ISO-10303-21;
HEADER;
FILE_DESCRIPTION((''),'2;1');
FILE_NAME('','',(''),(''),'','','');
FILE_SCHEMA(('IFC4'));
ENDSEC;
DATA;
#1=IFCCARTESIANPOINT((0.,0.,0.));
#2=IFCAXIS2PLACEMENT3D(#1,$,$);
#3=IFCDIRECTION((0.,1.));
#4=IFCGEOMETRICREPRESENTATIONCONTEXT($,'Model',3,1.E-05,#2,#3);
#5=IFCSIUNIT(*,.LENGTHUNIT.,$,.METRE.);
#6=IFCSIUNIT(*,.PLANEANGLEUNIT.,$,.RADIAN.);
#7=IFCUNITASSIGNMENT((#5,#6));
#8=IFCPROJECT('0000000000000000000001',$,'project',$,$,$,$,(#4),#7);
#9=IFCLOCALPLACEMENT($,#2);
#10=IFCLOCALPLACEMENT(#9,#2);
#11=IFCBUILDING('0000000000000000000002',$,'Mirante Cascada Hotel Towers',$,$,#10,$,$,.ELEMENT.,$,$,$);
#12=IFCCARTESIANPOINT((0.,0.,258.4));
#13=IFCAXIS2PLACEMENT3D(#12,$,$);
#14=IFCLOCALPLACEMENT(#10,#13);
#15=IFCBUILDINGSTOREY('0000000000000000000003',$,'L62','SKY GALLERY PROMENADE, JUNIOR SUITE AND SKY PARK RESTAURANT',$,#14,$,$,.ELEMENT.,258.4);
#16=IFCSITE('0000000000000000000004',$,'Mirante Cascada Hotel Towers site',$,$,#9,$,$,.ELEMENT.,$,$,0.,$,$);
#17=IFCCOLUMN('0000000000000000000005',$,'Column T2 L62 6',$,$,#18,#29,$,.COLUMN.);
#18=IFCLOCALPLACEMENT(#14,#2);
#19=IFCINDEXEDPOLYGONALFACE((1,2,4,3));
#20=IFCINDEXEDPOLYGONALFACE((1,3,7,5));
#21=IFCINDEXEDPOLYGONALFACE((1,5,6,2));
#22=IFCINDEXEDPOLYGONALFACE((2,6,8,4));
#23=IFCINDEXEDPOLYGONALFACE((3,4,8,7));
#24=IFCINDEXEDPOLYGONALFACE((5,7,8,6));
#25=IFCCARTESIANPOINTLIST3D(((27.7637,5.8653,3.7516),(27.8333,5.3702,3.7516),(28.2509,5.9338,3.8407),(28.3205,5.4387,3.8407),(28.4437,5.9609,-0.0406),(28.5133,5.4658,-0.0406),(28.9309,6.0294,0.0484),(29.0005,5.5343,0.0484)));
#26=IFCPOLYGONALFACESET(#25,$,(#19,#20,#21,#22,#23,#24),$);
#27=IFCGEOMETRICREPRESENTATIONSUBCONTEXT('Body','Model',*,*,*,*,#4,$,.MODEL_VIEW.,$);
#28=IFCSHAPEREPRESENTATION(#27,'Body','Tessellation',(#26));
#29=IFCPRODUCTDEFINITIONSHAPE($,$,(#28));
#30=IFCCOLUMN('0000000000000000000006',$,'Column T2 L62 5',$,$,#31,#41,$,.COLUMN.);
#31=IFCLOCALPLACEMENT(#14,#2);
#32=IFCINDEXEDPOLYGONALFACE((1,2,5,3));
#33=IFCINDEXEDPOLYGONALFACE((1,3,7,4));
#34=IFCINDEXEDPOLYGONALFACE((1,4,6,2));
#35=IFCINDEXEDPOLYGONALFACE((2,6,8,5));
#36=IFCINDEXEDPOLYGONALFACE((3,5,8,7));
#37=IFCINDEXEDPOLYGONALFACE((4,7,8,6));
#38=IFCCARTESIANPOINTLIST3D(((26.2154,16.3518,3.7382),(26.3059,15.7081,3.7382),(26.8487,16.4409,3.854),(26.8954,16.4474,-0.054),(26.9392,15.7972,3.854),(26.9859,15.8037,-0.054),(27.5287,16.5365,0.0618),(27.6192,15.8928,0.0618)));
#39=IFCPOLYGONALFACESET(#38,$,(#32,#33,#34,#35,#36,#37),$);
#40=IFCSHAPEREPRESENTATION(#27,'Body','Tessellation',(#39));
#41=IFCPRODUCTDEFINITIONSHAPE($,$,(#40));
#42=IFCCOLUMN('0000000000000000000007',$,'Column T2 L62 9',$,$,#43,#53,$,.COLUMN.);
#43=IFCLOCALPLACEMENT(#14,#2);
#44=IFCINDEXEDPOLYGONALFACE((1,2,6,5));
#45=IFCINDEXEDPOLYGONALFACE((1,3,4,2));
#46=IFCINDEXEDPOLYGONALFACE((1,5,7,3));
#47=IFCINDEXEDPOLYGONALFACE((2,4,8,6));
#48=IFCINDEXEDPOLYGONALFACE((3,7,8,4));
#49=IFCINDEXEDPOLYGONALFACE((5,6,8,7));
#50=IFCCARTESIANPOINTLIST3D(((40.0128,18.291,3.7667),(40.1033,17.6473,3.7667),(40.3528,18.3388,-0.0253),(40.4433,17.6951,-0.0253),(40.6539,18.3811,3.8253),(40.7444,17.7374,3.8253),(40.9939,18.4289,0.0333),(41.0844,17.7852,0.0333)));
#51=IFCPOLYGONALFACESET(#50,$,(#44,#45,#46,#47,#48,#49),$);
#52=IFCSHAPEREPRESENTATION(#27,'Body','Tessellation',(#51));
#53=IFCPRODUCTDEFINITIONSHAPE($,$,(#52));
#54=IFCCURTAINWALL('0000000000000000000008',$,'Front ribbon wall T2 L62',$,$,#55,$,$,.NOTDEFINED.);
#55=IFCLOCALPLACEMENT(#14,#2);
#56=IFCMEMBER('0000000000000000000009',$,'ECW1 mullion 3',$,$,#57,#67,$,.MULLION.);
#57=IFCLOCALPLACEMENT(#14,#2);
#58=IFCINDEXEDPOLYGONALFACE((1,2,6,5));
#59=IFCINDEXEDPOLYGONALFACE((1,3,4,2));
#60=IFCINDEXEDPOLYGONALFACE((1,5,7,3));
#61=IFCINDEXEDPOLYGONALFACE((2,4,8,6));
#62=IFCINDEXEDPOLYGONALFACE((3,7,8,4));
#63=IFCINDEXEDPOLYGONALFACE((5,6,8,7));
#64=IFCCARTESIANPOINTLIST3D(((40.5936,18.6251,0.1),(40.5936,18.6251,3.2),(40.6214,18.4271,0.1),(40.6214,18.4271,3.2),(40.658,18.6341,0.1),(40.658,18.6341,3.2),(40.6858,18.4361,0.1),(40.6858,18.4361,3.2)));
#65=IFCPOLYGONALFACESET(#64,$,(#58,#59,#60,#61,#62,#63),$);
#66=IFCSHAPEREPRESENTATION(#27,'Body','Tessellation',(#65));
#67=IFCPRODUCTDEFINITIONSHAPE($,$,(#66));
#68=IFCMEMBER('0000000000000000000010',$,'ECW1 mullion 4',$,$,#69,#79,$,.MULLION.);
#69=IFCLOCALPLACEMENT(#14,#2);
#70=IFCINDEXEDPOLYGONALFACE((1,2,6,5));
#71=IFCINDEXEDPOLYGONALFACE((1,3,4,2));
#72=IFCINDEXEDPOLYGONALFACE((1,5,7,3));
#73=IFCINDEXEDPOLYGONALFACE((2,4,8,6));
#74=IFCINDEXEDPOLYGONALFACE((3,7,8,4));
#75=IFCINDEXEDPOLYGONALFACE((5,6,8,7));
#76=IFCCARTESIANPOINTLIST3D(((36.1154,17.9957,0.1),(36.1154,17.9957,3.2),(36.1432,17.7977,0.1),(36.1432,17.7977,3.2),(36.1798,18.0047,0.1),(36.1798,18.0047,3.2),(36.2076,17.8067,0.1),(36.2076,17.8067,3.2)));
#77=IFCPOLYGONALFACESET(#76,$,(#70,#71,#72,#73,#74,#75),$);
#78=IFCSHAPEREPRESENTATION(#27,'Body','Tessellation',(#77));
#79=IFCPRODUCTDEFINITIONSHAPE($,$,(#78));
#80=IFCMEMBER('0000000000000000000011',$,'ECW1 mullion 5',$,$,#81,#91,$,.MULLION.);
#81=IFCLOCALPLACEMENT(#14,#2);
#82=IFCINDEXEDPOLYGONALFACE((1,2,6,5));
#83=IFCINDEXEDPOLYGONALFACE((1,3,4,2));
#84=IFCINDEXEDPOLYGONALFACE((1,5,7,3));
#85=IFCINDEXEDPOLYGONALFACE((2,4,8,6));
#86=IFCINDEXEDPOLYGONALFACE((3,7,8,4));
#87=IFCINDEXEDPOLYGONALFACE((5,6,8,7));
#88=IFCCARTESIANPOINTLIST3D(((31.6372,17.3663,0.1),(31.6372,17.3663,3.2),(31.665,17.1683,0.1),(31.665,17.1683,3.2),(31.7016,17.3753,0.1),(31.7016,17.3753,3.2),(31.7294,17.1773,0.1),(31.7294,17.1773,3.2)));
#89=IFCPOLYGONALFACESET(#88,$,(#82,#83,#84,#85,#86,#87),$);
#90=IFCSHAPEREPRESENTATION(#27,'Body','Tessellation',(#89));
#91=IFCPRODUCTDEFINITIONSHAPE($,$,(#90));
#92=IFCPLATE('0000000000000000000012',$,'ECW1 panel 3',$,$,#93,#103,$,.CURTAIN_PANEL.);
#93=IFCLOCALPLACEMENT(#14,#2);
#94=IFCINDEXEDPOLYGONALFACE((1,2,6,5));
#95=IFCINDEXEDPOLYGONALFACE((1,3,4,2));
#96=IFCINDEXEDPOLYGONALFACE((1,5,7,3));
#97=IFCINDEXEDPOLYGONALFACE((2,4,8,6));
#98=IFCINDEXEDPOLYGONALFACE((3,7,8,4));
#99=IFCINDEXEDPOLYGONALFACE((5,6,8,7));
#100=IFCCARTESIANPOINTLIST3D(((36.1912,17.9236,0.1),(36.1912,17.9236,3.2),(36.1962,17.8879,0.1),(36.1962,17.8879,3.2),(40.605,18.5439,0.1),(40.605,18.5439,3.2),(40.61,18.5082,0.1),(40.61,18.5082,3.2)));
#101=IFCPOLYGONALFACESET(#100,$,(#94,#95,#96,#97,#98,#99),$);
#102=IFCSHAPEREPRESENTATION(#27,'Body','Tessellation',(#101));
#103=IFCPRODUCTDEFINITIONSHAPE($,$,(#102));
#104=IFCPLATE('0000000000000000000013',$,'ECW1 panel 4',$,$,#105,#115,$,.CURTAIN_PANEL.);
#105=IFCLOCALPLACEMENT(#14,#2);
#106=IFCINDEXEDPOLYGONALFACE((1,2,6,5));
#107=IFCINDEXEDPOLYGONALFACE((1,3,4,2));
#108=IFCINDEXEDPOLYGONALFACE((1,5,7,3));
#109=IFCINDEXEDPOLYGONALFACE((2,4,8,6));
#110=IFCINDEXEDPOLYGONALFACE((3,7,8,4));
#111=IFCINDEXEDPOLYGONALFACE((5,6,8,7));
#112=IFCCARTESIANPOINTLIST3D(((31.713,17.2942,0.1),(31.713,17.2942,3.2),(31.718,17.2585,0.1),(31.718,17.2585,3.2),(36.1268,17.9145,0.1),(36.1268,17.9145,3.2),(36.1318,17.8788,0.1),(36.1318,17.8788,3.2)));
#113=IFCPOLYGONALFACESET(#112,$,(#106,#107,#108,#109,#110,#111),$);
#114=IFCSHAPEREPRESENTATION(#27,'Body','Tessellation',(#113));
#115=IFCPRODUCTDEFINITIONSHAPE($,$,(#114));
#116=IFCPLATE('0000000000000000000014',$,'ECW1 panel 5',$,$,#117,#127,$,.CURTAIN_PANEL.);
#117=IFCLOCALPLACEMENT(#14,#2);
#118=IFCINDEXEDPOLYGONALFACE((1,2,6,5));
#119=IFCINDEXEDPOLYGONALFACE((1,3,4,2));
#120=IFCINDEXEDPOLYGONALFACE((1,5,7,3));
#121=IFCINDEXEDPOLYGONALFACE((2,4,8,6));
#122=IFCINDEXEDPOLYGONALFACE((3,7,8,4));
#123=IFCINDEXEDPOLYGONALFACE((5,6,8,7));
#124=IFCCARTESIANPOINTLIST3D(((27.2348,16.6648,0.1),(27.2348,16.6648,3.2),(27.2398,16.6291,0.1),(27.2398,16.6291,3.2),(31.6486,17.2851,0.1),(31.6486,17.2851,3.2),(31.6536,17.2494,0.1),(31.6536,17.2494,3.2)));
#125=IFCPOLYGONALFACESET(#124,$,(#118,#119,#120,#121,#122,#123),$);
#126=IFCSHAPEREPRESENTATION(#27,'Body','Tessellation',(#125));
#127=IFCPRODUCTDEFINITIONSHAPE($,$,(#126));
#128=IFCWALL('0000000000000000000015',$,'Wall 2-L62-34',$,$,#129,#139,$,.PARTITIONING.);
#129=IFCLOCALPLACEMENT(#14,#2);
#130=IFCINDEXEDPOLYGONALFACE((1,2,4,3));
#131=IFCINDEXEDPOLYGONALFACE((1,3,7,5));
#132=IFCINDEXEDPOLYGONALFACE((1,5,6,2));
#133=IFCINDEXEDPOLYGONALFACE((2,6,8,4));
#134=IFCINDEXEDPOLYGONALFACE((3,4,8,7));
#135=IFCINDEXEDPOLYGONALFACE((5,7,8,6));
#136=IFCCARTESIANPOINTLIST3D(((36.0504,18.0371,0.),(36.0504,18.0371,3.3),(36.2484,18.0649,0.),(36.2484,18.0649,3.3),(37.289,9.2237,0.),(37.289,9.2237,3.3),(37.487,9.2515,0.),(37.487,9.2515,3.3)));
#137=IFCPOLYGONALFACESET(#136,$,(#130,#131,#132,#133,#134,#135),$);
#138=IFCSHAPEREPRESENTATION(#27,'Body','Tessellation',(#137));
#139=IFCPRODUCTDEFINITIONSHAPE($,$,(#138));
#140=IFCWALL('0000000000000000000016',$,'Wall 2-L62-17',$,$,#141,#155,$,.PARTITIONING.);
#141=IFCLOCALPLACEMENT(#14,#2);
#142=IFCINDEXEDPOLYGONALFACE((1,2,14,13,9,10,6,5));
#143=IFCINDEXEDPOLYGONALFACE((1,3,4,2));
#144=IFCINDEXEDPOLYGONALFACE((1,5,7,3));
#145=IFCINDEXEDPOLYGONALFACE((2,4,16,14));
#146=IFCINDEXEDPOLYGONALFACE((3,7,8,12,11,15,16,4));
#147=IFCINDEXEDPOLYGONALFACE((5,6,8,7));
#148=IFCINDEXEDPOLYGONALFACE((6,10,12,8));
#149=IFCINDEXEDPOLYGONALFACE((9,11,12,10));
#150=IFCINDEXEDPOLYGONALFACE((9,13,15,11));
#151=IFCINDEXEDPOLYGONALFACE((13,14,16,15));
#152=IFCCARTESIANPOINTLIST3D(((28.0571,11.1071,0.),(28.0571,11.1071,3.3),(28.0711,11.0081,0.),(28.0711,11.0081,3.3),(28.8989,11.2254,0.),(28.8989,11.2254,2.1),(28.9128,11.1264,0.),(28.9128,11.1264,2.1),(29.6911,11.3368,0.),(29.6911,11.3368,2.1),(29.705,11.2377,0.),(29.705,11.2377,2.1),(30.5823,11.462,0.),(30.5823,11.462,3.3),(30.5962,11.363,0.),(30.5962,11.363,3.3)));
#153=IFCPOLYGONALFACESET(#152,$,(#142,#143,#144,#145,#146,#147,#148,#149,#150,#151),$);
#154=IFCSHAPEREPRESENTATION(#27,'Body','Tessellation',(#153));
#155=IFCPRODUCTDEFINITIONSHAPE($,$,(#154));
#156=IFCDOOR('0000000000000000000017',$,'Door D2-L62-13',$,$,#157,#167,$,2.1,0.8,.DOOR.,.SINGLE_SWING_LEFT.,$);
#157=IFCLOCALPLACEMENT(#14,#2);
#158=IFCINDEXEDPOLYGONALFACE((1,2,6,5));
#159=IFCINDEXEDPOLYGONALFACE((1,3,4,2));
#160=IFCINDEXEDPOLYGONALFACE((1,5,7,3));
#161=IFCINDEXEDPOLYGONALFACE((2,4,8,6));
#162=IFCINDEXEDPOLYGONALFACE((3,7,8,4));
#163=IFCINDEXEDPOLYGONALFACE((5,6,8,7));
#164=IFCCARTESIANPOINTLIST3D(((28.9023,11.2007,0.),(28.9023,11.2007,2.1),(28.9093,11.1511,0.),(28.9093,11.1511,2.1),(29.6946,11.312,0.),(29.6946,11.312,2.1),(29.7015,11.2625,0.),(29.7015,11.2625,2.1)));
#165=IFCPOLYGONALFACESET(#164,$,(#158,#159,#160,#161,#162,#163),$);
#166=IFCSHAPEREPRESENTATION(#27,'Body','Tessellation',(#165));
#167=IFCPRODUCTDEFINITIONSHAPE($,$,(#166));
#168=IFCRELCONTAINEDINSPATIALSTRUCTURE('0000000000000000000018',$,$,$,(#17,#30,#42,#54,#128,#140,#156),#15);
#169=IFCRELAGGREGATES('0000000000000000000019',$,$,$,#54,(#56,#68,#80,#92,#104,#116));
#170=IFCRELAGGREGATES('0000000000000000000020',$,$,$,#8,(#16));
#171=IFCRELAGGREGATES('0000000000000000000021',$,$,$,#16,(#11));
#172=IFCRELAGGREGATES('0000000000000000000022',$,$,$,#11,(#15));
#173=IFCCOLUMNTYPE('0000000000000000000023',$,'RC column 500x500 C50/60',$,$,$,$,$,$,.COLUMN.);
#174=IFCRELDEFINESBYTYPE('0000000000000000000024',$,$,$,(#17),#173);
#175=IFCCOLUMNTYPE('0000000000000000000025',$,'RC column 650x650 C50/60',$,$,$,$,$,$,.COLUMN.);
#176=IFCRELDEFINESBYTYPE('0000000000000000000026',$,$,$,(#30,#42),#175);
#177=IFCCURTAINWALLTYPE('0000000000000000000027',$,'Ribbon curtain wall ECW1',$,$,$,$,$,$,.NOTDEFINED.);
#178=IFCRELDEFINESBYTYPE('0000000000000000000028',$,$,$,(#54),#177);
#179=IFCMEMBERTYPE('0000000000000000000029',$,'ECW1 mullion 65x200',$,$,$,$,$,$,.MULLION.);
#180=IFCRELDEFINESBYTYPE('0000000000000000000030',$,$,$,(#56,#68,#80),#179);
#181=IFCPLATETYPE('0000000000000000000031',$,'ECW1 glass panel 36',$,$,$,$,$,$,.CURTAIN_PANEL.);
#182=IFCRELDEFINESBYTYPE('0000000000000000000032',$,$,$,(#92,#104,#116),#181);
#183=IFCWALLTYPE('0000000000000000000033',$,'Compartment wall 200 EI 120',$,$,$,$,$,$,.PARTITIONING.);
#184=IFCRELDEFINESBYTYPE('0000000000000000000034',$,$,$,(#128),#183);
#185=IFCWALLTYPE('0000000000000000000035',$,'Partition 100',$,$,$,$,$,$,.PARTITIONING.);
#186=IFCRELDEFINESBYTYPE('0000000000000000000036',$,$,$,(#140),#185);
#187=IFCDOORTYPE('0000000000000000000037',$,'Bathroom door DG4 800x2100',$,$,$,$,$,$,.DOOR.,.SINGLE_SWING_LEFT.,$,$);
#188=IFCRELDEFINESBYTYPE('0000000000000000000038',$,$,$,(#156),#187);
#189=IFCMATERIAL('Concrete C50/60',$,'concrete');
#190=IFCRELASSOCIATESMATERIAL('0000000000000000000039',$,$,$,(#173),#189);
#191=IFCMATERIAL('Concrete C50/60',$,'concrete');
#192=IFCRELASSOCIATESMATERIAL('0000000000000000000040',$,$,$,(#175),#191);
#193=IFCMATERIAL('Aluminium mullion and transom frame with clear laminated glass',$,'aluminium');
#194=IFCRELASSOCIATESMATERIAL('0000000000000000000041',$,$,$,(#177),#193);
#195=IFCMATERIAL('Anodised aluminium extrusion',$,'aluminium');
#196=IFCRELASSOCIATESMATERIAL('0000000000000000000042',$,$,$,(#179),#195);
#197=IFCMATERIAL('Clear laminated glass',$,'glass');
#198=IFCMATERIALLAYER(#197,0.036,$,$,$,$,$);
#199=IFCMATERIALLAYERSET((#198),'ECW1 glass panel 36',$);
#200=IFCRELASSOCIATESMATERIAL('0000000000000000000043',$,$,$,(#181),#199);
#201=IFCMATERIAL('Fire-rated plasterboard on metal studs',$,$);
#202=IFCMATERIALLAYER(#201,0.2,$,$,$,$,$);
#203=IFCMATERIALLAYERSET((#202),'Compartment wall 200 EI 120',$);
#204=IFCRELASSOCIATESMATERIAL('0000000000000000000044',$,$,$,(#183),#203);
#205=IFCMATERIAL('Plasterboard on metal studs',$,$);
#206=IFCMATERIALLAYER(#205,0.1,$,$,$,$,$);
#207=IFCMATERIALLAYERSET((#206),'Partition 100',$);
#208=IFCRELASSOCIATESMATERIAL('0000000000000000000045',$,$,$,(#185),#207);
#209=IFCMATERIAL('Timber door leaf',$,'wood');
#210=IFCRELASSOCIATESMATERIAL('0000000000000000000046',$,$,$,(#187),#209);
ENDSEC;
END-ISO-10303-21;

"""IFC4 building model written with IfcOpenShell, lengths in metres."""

from ifc_helpers import new_model, si_unit, direction, frame, frame_2d, origin, origin_2d, place, context, subcontext, project, spatial, rectangle, extrude, material, layer, layer_set, material_profile, profile_set, type_object, element, fill, aggregate, save


model = new_model("IFC4")

# Units and contexts
model_context = context("Model", 3, precision=1e-05, world=origin(), true_north=direction((0.0, 1.0)))
body_context = subcontext(model_context, "Body", "Model", "MODEL_VIEW")
ifc_project = project(units=[si_unit("LENGTHUNIT", "METRE"), si_unit("PLANEANGLEUNIT", "RADIAN")], contexts=[model_context])

# Site, building, storey
site_placement = place(None, origin())
site = spatial("IfcSite", under=ifc_project, at=site_placement, Name="Mirante Cascada Hotel Towers site", CompositionType="ELEMENT", RefElevation=0.0)
building_placement = place(site_placement, origin())
building = spatial("IfcBuilding", under=site, at=building_placement, Name="Mirante Cascada Hotel Towers", CompositionType="ELEMENT")
storey_placement = place(building_placement, frame((0.0, 0.0, 258.4)))
storey = spatial("IfcBuildingStorey", under=building, at=storey_placement, Name="L62", Description="SKY GALLERY PROMENADE, JUNIOR SUITE AND SKY PARK RESTAURANT", CompositionType="ELEMENT", Elevation=258.4)

# Columns
ifc_material_1 = material(Name="Concrete C50/60", Category="concrete")
ifc_material_profile_1 = material_profile(ifc_material_1, rectangle(XDim=0.5, YDim=0.5, at=origin_2d()), Name="RC column 500x500 C50/60")
ifc_profile_set_1 = profile_set([ifc_material_profile_1], Name="Concrete C50/60")
column_type_1 = type_object("IfcColumnType", Name="RC column 500x500 C50/60", PredefinedType="COLUMN", material=ifc_profile_set_1)
column_1_placement = place(storey_placement, frame((28.7221, 5.7476, 0.0039), z_axis=(-0.176446, -0.024806, 0.983998), x_axis=(0.139219, -0.990262, 0.0)))
element("IfcColumn", 1, at=column_1_placement, inside=storey, type_object=column_type_1, Name="Column T2 L62 6", PredefinedType="COLUMN", context=body_context, shape_type="SweptSolid", body=[
    extrude(rectangle(XDim=0.5, YDim=0.5, at=origin_2d()), origin(), (0.0, 0.0, 1.0), 3.8539),
])
ifc_material_2 = material(Name="Concrete C50/60", Category="concrete")
ifc_material_profile_2 = material_profile(ifc_material_2, rectangle(XDim=0.65, YDim=0.65, at=origin_2d()), Name="RC column 650x650 C50/60")
ifc_profile_set_2 = profile_set([ifc_material_profile_2], Name="Concrete C50/60")
column_type_2 = type_object("IfcColumnType", Name="RC column 650x650 C50/60", PredefinedType="COLUMN", material=ifc_profile_set_2)
column_2_placement = place(storey_placement, frame((27.2573, 16.1701, 0.0039), z_axis=(-0.176446, -0.024806, 0.983998), x_axis=(0.139219, -0.990262, 0.0)))
element("IfcColumn", 2, at=column_2_placement, inside=storey, type_object=column_type_2, Name="Column T2 L62 5", PredefinedType="COLUMN", context=body_context, shape_type="SweptSolid", body=[
    extrude(rectangle(XDim=0.65, YDim=0.65, at=origin_2d()), origin(), (0.0, 0.0, 1.0), 3.8539),
])
column_3_placement = place(storey_placement, frame((40.7186, 18.062, 0.004), z_axis=(-0.089297, -0.012554, 0.995926), x_axis=(0.139219, -0.990262, 0.0)))
element("IfcColumn", 3, at=column_3_placement, inside=storey, type_object=column_type_2, Name="Column T2 L62 9", PredefinedType="COLUMN", context=body_context, shape_type="SweptSolid", body=[
    extrude(rectangle(XDim=0.65, YDim=0.65, at=origin_2d()), origin(), (0.0, 0.0, 1.0), 3.8075),
])

# Curtain wall, members, plates
ifc_material_3 = material(Name="Aluminium mullion and transom frame with clear laminated glass", Category="aluminium")
curtain_wall_type = type_object("IfcCurtainWallType", Name="Ribbon curtain wall ECW1", PredefinedType="NOTDEFINED", material=ifc_material_3)
curtain_wall_placement = place(storey_placement, origin())
curtain_wall = element("IfcCurtainWall", 4, at=curtain_wall_placement, inside=storey, type_object=curtain_wall_type, Name="Front ribbon wall T2 L62", PredefinedType="NOTDEFINED")
ifc_material_4 = material(Name="Anodised aluminium extrusion", Category="aluminium")
ifc_material_profile_3 = material_profile(ifc_material_4, rectangle(XDim=0.2, YDim=0.065, at=origin_2d()), Name="ECW1 MULLION 65x200")
ifc_profile_set_3 = profile_set([ifc_material_profile_3], Name="Anodised aluminium extrusion")
member_type = type_object("IfcMemberType", Name="ECW1 mullion 65x200", PredefinedType="MULLION", material=ifc_profile_set_3)
member_1_placement = place(storey_placement, frame((40.6397, 18.5306, 0.1), z_axis=(0.0, 0.0, 1.0), x_axis=(0.139173, -0.990268, 0.0)))
member_1 = element("IfcMember", 5, at=member_1_placement, type_object=member_type, Name="ECW1 mullion 3", PredefinedType="MULLION", context=body_context, shape_type="SweptSolid", body=[
    extrude(rectangle(XDim=0.2, YDim=0.065, at=origin_2d()), origin(), (0.0, 0.0, 1.0), 3.1),
])
member_2_placement = place(storey_placement, frame((36.1615, 17.9012, 0.1), z_axis=(0.0, 0.0, 1.0), x_axis=(0.139173, -0.990268, 0.0)))
member_2 = element("IfcMember", 6, at=member_2_placement, type_object=member_type, Name="ECW1 mullion 4", PredefinedType="MULLION", context=body_context, shape_type="SweptSolid", body=[
    extrude(rectangle(XDim=0.2, YDim=0.065, at=origin_2d()), origin(), (0.0, 0.0, 1.0), 3.1),
])
member_3_placement = place(storey_placement, frame((31.6833, 17.2718, 0.1), z_axis=(0.0, 0.0, 1.0), x_axis=(0.139173, -0.990268, 0.0)))
member_3 = element("IfcMember", 7, at=member_3_placement, type_object=member_type, Name="ECW1 mullion 5", PredefinedType="MULLION", context=body_context, shape_type="SweptSolid", body=[
    extrude(rectangle(XDim=0.2, YDim=0.065, at=origin_2d()), origin(), (0.0, 0.0, 1.0), 3.1),
])
ifc_material_5 = material(Name="Clear laminated glass", Category="glass")
ifc_layer_1 = layer(ifc_material_5, 0.036)
ifc_layer_set_1 = layer_set([ifc_layer_1], Name="ECW1 glass panel 36")
plate_type = type_object("IfcPlateType", Name="ECW1 glass panel 36", PredefinedType="CURTAIN_PANEL", material=ifc_layer_set_1)
plate_1_placement = place(storey_placement, frame((38.4006, 18.2159, 0.1), z_axis=(0.0, 0.0, 1.0), x_axis=(-0.990268, -0.139173, 0.0)))
plate_1 = element("IfcPlate", 8, at=plate_1_placement, type_object=plate_type, Name="ECW1 panel 3", PredefinedType="CURTAIN_PANEL", context=body_context, shape_type="SweptSolid", body=[
    extrude(rectangle(XDim=4.4572, YDim=0.036, at=origin_2d()), origin(), (0.0, 0.0, 1.0), 3.1),
])
plate_2_placement = place(storey_placement, frame((33.9224, 17.5865, 0.1), z_axis=(0.0, 0.0, 1.0), x_axis=(-0.990268, -0.139173, 0.0)))
plate_2 = element("IfcPlate", 9, at=plate_2_placement, type_object=plate_type, Name="ECW1 panel 4", PredefinedType="CURTAIN_PANEL", context=body_context, shape_type="SweptSolid", body=[
    extrude(rectangle(XDim=4.4572, YDim=0.036, at=origin_2d()), origin(), (0.0, 0.0, 1.0), 3.1),
])
plate_3_placement = place(storey_placement, frame((29.4442, 16.9571, 0.1), z_axis=(0.0, 0.0, 1.0), x_axis=(-0.990268, -0.139173, 0.0)))
plate_3 = element("IfcPlate", 10, at=plate_3_placement, type_object=plate_type, Name="ECW1 panel 5", PredefinedType="CURTAIN_PANEL", context=body_context, shape_type="SweptSolid", body=[
    extrude(rectangle(XDim=4.4572, YDim=0.036, at=origin_2d()), origin(), (0.0, 0.0, 1.0), 3.1),
])
aggregate(curtain_wall, [member_1, member_2, member_3, plate_1, plate_2, plate_3])

# Wall
ifc_material_6 = material(Name="Fire-rated plasterboard on metal studs")
ifc_layer_2 = layer(ifc_material_6, 0.2)
ifc_layer_set_2 = layer_set([ifc_layer_2], Name="Compartment wall 200 EI 120")
wall_type_1 = type_object("IfcWallType", Name="Compartment wall 200 EI 120", PredefinedType="PARTITIONING", material=ifc_layer_set_2)
wall_1_placement = place(storey_placement, frame((36.1494, 18.051, 0.0), z_axis=(0.0, 0.0, 1.0), x_axis=(0.139168, -0.990269, 0.0)))
element("IfcWall", 11, at=wall_1_placement, inside=storey, type_object=wall_type_1, Name="Wall 2-L62-34", PredefinedType="PARTITIONING", context=body_context, shape_type="SweptSolid", body=[
    extrude(rectangle(XDim=8.9, YDim=0.2, at=frame_2d((4.45, 0.0))), origin(), (0.0, 0.0, 1.0), 3.3),
])

# Wall, opening, door
ifc_material_7 = material(Name="Plasterboard on metal studs")
ifc_layer_3 = layer(ifc_material_7, 0.1)
ifc_layer_set_3 = layer_set([ifc_layer_3], Name="Partition 100")
wall_type_2 = type_object("IfcWallType", Name="Partition 100", PredefinedType="PARTITIONING", material=ifc_layer_set_3)
wall_2_placement = place(storey_placement, frame((28.0641, 11.0576, 0.0), z_axis=(0.0, 0.0, 1.0), x_axis=(0.990268, 0.139176, 0.0)))
wall_2 = element("IfcWall", 12, at=wall_2_placement, inside=storey, type_object=wall_type_2, Name="Wall 2-L62-17", PredefinedType="PARTITIONING", context=body_context, shape_type="SweptSolid", body=[
    extrude(rectangle(XDim=2.55, YDim=0.1, at=frame_2d((1.275, 0.0))), origin(), (0.0, 0.0, 1.0), 3.3),
])
opening_1_placement = place(wall_2_placement, frame((0.85, 0.0, 0.0)))
opening_1 = element("IfcOpeningElement", 13, at=opening_1_placement, cuts=wall_2, PredefinedType="OPENING", context=body_context, shape_type="SweptSolid", body=[
    extrude(rectangle(XDim=0.8, YDim=2.1, at=frame_2d((0.4, 1.05))), frame((0.0, 0.05, 0.0), z_axis=(0.0, -1.0, 0.0), x_axis=(1.0, 0.0, 0.0)), (0.0, 0.0, 1.0), 0.1),
])
ifc_material_8 = material(Name="Timber door leaf", Category="wood")
door_type = type_object("IfcDoorType", Name="Bathroom door DG4 800x2100", OperationType="SINGLE_SWING_LEFT", PredefinedType="DOOR", material=ifc_material_8)
door_1_placement = place(opening_1_placement, origin())
door_1 = element("IfcDoor", 14, at=door_1_placement, inside=storey, type_object=door_type, Name="Door D2-L62-13", OperationType="SINGLE_SWING_LEFT", OverallHeight=2.1, OverallWidth=0.8, PredefinedType="DOOR", context=body_context, shape_type="SweptSolid", body=[
    extrude(rectangle(XDim=0.8, YDim=2.1, at=frame_2d((0.4, 1.05))), frame((0.0, 0.025, 0.0), z_axis=(0.0, -1.0, 0.0), x_axis=(1.0, 0.0, 0.0)), (0.0, 0.0, 1.0), 0.05),
])
fill(opening_1, door_1)

save(model, "model.ifc")
